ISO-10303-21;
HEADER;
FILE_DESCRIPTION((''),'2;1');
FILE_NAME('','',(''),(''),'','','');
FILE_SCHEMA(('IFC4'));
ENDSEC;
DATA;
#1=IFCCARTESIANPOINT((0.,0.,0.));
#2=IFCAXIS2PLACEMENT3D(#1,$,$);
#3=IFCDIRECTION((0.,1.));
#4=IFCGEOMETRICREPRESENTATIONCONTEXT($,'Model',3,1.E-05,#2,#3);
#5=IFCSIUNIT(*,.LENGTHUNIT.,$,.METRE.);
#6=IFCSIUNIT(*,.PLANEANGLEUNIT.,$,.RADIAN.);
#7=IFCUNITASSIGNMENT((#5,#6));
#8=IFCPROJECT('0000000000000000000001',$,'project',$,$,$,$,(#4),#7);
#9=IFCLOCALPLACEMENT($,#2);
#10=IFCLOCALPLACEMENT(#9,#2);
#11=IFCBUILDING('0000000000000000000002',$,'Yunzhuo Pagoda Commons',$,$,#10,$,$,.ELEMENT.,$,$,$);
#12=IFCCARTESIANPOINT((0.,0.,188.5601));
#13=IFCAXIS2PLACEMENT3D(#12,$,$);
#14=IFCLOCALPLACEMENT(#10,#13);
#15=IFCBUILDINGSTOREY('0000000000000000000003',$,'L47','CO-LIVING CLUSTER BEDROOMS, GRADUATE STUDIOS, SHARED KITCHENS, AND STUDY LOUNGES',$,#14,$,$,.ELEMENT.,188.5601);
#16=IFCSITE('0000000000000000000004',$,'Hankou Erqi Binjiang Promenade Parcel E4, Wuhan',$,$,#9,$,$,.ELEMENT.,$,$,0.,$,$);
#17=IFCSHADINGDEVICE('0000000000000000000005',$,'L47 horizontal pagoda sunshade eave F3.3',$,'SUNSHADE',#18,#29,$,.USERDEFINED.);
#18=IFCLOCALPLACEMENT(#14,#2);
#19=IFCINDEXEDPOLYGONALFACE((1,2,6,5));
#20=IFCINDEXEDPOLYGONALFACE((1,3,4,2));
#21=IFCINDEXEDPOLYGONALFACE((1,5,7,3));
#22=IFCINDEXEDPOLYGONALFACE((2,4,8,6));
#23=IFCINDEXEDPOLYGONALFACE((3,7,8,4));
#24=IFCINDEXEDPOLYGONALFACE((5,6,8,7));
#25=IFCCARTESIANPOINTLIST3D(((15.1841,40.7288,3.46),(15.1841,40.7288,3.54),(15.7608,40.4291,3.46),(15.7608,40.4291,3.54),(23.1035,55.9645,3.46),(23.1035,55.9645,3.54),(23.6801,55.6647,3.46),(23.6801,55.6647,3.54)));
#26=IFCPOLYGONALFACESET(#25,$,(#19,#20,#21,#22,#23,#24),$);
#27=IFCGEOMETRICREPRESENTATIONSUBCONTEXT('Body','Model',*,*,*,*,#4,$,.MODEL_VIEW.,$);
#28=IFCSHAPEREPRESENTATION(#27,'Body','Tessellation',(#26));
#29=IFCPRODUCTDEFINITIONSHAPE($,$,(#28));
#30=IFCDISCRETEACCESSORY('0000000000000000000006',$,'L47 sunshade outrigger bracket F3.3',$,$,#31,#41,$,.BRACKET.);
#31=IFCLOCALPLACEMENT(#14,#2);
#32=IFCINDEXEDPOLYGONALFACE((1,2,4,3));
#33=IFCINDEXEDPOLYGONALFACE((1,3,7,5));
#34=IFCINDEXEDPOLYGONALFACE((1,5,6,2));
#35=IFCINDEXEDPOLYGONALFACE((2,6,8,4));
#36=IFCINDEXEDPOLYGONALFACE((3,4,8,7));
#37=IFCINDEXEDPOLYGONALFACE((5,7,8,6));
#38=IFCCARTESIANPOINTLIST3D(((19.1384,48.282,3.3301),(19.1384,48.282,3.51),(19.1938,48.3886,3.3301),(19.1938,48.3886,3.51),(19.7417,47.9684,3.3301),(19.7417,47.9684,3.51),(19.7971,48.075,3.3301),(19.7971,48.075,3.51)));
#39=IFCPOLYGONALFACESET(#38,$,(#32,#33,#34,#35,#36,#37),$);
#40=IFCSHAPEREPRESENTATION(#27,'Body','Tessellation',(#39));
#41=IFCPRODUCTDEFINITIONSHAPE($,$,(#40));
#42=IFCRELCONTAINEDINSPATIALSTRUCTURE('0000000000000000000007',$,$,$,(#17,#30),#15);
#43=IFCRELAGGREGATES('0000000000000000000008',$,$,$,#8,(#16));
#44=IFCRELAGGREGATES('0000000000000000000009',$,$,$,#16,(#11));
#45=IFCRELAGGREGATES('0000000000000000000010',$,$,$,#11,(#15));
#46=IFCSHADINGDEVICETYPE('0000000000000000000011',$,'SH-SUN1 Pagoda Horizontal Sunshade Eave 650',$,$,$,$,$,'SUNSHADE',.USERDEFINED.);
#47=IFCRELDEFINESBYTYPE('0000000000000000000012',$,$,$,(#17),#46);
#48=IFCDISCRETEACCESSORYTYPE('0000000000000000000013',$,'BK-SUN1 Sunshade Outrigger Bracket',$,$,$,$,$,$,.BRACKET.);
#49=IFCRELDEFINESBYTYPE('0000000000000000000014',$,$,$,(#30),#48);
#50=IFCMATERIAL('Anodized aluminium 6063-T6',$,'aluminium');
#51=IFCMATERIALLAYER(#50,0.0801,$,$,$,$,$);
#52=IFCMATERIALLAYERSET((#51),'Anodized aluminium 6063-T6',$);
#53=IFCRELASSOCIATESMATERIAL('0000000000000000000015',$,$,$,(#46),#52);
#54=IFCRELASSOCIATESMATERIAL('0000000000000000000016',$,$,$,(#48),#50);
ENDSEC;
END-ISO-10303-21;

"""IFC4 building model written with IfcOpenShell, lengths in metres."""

from ifc_helpers import new_model, si_unit, direction, frame, origin, origin_2d, place, context, subcontext, project, spatial, rectangle, extrude, source, transform, mapped, material, layer, layer_set, type_object, element, save


model = new_model("IFC4")

# Units and contexts
model_context = context("Model", 3, precision=1e-05, world=origin(), true_north=direction((0.0, 1.0)))
body_context = subcontext(model_context, "Body", "Model", "MODEL_VIEW")
ifc_project = project(units=[si_unit("LENGTHUNIT", "METRE"), si_unit("PLANEANGLEUNIT", "RADIAN")], contexts=[model_context])

# Site, building, storey
site_placement = place(None, origin())
site = spatial("IfcSite", under=ifc_project, at=site_placement, Name="Hankou Erqi Binjiang Promenade Parcel E4, Wuhan", CompositionType="ELEMENT", RefElevation=0.0)
building_placement = place(site_placement, origin())
building = spatial("IfcBuilding", under=site, at=building_placement, Name="Yunzhuo Pagoda Commons", CompositionType="ELEMENT")
storey_placement = place(building_placement, frame((0.0, 0.0, 188.5601)))
storey = spatial("IfcBuildingStorey", under=building, at=storey_placement, Name="L47", Description="CO-LIVING CLUSTER BEDROOMS, GRADUATE STUDIOS, SHARED KITCHENS, AND STUDY LOUNGES", CompositionType="ELEMENT", Elevation=188.5601)

# Shared definitions
ifc_material_1 = material(Name="Anodized aluminium 6063-T6", Category="aluminium")

# Shading device
ifc_layer_1 = layer(ifc_material_1, 0.0801)
ifc_layer_set_1 = layer_set([ifc_layer_1], Name="Anodized aluminium 6063-T6")
shading_device_type = type_object("IfcShadingDeviceType", Name="SH-SUN1 Pagoda Horizontal Sunshade Eave 650", ElementType="SUNSHADE", PredefinedType="USERDEFINED", material=ifc_layer_set_1)
shared_shape_1 = source(origin(), body_context, "Body", "SweptSolid", [
    extrude(rectangle(XDim=17.1709, YDim=0.6499, at=origin_2d()), origin(), (0.0, 0.0, 1.0), 0.0801),
])
shading_device_placement = place(storey_placement, frame((19.4321, 48.1968, 3.46), z_axis=(0.0, 0.0, 1.0), x_axis=(-0.461207, -0.887293, 0.0)))
element("IfcShadingDevice", 1, at=shading_device_placement, inside=storey, type_object=shading_device_type, Name="L47 horizontal pagoda sunshade eave F3.3", ObjectType="SUNSHADE", PredefinedType="USERDEFINED", context=body_context, shape_type="MappedRepresentation", body=[
    mapped(shared_shape_1, transform((0.0, 0.0, 0.0), scale=1.0)),
])

# Discrete accessory
discrete_accessory_type = type_object("IfcDiscreteAccessoryType", Name="BK-SUN1 Sunshade Outrigger Bracket", PredefinedType="BRACKET", material=ifc_material_1)
shared_shape_2 = source(origin(), body_context, "Body", "SweptSolid", [
    extrude(rectangle(XDim=0.1201, YDim=0.6799, at=origin_2d()), origin(), (0.0, 0.0, 1.0), 0.1799),
])
discrete_accessory_placement = place(storey_placement, frame((19.4678, 48.1785, 3.3301), z_axis=(0.0, 0.0, 1.0), x_axis=(-0.461207, -0.887293, 0.0)))
element("IfcDiscreteAccessory", 2, at=discrete_accessory_placement, inside=storey, type_object=discrete_accessory_type, Name="L47 sunshade outrigger bracket F3.3", PredefinedType="BRACKET", context=body_context, shape_type="MappedRepresentation", body=[
    mapped(shared_shape_2, transform((0.0, 0.0, 0.0), scale=1.0)),
])

save(model, "model.ifc")
